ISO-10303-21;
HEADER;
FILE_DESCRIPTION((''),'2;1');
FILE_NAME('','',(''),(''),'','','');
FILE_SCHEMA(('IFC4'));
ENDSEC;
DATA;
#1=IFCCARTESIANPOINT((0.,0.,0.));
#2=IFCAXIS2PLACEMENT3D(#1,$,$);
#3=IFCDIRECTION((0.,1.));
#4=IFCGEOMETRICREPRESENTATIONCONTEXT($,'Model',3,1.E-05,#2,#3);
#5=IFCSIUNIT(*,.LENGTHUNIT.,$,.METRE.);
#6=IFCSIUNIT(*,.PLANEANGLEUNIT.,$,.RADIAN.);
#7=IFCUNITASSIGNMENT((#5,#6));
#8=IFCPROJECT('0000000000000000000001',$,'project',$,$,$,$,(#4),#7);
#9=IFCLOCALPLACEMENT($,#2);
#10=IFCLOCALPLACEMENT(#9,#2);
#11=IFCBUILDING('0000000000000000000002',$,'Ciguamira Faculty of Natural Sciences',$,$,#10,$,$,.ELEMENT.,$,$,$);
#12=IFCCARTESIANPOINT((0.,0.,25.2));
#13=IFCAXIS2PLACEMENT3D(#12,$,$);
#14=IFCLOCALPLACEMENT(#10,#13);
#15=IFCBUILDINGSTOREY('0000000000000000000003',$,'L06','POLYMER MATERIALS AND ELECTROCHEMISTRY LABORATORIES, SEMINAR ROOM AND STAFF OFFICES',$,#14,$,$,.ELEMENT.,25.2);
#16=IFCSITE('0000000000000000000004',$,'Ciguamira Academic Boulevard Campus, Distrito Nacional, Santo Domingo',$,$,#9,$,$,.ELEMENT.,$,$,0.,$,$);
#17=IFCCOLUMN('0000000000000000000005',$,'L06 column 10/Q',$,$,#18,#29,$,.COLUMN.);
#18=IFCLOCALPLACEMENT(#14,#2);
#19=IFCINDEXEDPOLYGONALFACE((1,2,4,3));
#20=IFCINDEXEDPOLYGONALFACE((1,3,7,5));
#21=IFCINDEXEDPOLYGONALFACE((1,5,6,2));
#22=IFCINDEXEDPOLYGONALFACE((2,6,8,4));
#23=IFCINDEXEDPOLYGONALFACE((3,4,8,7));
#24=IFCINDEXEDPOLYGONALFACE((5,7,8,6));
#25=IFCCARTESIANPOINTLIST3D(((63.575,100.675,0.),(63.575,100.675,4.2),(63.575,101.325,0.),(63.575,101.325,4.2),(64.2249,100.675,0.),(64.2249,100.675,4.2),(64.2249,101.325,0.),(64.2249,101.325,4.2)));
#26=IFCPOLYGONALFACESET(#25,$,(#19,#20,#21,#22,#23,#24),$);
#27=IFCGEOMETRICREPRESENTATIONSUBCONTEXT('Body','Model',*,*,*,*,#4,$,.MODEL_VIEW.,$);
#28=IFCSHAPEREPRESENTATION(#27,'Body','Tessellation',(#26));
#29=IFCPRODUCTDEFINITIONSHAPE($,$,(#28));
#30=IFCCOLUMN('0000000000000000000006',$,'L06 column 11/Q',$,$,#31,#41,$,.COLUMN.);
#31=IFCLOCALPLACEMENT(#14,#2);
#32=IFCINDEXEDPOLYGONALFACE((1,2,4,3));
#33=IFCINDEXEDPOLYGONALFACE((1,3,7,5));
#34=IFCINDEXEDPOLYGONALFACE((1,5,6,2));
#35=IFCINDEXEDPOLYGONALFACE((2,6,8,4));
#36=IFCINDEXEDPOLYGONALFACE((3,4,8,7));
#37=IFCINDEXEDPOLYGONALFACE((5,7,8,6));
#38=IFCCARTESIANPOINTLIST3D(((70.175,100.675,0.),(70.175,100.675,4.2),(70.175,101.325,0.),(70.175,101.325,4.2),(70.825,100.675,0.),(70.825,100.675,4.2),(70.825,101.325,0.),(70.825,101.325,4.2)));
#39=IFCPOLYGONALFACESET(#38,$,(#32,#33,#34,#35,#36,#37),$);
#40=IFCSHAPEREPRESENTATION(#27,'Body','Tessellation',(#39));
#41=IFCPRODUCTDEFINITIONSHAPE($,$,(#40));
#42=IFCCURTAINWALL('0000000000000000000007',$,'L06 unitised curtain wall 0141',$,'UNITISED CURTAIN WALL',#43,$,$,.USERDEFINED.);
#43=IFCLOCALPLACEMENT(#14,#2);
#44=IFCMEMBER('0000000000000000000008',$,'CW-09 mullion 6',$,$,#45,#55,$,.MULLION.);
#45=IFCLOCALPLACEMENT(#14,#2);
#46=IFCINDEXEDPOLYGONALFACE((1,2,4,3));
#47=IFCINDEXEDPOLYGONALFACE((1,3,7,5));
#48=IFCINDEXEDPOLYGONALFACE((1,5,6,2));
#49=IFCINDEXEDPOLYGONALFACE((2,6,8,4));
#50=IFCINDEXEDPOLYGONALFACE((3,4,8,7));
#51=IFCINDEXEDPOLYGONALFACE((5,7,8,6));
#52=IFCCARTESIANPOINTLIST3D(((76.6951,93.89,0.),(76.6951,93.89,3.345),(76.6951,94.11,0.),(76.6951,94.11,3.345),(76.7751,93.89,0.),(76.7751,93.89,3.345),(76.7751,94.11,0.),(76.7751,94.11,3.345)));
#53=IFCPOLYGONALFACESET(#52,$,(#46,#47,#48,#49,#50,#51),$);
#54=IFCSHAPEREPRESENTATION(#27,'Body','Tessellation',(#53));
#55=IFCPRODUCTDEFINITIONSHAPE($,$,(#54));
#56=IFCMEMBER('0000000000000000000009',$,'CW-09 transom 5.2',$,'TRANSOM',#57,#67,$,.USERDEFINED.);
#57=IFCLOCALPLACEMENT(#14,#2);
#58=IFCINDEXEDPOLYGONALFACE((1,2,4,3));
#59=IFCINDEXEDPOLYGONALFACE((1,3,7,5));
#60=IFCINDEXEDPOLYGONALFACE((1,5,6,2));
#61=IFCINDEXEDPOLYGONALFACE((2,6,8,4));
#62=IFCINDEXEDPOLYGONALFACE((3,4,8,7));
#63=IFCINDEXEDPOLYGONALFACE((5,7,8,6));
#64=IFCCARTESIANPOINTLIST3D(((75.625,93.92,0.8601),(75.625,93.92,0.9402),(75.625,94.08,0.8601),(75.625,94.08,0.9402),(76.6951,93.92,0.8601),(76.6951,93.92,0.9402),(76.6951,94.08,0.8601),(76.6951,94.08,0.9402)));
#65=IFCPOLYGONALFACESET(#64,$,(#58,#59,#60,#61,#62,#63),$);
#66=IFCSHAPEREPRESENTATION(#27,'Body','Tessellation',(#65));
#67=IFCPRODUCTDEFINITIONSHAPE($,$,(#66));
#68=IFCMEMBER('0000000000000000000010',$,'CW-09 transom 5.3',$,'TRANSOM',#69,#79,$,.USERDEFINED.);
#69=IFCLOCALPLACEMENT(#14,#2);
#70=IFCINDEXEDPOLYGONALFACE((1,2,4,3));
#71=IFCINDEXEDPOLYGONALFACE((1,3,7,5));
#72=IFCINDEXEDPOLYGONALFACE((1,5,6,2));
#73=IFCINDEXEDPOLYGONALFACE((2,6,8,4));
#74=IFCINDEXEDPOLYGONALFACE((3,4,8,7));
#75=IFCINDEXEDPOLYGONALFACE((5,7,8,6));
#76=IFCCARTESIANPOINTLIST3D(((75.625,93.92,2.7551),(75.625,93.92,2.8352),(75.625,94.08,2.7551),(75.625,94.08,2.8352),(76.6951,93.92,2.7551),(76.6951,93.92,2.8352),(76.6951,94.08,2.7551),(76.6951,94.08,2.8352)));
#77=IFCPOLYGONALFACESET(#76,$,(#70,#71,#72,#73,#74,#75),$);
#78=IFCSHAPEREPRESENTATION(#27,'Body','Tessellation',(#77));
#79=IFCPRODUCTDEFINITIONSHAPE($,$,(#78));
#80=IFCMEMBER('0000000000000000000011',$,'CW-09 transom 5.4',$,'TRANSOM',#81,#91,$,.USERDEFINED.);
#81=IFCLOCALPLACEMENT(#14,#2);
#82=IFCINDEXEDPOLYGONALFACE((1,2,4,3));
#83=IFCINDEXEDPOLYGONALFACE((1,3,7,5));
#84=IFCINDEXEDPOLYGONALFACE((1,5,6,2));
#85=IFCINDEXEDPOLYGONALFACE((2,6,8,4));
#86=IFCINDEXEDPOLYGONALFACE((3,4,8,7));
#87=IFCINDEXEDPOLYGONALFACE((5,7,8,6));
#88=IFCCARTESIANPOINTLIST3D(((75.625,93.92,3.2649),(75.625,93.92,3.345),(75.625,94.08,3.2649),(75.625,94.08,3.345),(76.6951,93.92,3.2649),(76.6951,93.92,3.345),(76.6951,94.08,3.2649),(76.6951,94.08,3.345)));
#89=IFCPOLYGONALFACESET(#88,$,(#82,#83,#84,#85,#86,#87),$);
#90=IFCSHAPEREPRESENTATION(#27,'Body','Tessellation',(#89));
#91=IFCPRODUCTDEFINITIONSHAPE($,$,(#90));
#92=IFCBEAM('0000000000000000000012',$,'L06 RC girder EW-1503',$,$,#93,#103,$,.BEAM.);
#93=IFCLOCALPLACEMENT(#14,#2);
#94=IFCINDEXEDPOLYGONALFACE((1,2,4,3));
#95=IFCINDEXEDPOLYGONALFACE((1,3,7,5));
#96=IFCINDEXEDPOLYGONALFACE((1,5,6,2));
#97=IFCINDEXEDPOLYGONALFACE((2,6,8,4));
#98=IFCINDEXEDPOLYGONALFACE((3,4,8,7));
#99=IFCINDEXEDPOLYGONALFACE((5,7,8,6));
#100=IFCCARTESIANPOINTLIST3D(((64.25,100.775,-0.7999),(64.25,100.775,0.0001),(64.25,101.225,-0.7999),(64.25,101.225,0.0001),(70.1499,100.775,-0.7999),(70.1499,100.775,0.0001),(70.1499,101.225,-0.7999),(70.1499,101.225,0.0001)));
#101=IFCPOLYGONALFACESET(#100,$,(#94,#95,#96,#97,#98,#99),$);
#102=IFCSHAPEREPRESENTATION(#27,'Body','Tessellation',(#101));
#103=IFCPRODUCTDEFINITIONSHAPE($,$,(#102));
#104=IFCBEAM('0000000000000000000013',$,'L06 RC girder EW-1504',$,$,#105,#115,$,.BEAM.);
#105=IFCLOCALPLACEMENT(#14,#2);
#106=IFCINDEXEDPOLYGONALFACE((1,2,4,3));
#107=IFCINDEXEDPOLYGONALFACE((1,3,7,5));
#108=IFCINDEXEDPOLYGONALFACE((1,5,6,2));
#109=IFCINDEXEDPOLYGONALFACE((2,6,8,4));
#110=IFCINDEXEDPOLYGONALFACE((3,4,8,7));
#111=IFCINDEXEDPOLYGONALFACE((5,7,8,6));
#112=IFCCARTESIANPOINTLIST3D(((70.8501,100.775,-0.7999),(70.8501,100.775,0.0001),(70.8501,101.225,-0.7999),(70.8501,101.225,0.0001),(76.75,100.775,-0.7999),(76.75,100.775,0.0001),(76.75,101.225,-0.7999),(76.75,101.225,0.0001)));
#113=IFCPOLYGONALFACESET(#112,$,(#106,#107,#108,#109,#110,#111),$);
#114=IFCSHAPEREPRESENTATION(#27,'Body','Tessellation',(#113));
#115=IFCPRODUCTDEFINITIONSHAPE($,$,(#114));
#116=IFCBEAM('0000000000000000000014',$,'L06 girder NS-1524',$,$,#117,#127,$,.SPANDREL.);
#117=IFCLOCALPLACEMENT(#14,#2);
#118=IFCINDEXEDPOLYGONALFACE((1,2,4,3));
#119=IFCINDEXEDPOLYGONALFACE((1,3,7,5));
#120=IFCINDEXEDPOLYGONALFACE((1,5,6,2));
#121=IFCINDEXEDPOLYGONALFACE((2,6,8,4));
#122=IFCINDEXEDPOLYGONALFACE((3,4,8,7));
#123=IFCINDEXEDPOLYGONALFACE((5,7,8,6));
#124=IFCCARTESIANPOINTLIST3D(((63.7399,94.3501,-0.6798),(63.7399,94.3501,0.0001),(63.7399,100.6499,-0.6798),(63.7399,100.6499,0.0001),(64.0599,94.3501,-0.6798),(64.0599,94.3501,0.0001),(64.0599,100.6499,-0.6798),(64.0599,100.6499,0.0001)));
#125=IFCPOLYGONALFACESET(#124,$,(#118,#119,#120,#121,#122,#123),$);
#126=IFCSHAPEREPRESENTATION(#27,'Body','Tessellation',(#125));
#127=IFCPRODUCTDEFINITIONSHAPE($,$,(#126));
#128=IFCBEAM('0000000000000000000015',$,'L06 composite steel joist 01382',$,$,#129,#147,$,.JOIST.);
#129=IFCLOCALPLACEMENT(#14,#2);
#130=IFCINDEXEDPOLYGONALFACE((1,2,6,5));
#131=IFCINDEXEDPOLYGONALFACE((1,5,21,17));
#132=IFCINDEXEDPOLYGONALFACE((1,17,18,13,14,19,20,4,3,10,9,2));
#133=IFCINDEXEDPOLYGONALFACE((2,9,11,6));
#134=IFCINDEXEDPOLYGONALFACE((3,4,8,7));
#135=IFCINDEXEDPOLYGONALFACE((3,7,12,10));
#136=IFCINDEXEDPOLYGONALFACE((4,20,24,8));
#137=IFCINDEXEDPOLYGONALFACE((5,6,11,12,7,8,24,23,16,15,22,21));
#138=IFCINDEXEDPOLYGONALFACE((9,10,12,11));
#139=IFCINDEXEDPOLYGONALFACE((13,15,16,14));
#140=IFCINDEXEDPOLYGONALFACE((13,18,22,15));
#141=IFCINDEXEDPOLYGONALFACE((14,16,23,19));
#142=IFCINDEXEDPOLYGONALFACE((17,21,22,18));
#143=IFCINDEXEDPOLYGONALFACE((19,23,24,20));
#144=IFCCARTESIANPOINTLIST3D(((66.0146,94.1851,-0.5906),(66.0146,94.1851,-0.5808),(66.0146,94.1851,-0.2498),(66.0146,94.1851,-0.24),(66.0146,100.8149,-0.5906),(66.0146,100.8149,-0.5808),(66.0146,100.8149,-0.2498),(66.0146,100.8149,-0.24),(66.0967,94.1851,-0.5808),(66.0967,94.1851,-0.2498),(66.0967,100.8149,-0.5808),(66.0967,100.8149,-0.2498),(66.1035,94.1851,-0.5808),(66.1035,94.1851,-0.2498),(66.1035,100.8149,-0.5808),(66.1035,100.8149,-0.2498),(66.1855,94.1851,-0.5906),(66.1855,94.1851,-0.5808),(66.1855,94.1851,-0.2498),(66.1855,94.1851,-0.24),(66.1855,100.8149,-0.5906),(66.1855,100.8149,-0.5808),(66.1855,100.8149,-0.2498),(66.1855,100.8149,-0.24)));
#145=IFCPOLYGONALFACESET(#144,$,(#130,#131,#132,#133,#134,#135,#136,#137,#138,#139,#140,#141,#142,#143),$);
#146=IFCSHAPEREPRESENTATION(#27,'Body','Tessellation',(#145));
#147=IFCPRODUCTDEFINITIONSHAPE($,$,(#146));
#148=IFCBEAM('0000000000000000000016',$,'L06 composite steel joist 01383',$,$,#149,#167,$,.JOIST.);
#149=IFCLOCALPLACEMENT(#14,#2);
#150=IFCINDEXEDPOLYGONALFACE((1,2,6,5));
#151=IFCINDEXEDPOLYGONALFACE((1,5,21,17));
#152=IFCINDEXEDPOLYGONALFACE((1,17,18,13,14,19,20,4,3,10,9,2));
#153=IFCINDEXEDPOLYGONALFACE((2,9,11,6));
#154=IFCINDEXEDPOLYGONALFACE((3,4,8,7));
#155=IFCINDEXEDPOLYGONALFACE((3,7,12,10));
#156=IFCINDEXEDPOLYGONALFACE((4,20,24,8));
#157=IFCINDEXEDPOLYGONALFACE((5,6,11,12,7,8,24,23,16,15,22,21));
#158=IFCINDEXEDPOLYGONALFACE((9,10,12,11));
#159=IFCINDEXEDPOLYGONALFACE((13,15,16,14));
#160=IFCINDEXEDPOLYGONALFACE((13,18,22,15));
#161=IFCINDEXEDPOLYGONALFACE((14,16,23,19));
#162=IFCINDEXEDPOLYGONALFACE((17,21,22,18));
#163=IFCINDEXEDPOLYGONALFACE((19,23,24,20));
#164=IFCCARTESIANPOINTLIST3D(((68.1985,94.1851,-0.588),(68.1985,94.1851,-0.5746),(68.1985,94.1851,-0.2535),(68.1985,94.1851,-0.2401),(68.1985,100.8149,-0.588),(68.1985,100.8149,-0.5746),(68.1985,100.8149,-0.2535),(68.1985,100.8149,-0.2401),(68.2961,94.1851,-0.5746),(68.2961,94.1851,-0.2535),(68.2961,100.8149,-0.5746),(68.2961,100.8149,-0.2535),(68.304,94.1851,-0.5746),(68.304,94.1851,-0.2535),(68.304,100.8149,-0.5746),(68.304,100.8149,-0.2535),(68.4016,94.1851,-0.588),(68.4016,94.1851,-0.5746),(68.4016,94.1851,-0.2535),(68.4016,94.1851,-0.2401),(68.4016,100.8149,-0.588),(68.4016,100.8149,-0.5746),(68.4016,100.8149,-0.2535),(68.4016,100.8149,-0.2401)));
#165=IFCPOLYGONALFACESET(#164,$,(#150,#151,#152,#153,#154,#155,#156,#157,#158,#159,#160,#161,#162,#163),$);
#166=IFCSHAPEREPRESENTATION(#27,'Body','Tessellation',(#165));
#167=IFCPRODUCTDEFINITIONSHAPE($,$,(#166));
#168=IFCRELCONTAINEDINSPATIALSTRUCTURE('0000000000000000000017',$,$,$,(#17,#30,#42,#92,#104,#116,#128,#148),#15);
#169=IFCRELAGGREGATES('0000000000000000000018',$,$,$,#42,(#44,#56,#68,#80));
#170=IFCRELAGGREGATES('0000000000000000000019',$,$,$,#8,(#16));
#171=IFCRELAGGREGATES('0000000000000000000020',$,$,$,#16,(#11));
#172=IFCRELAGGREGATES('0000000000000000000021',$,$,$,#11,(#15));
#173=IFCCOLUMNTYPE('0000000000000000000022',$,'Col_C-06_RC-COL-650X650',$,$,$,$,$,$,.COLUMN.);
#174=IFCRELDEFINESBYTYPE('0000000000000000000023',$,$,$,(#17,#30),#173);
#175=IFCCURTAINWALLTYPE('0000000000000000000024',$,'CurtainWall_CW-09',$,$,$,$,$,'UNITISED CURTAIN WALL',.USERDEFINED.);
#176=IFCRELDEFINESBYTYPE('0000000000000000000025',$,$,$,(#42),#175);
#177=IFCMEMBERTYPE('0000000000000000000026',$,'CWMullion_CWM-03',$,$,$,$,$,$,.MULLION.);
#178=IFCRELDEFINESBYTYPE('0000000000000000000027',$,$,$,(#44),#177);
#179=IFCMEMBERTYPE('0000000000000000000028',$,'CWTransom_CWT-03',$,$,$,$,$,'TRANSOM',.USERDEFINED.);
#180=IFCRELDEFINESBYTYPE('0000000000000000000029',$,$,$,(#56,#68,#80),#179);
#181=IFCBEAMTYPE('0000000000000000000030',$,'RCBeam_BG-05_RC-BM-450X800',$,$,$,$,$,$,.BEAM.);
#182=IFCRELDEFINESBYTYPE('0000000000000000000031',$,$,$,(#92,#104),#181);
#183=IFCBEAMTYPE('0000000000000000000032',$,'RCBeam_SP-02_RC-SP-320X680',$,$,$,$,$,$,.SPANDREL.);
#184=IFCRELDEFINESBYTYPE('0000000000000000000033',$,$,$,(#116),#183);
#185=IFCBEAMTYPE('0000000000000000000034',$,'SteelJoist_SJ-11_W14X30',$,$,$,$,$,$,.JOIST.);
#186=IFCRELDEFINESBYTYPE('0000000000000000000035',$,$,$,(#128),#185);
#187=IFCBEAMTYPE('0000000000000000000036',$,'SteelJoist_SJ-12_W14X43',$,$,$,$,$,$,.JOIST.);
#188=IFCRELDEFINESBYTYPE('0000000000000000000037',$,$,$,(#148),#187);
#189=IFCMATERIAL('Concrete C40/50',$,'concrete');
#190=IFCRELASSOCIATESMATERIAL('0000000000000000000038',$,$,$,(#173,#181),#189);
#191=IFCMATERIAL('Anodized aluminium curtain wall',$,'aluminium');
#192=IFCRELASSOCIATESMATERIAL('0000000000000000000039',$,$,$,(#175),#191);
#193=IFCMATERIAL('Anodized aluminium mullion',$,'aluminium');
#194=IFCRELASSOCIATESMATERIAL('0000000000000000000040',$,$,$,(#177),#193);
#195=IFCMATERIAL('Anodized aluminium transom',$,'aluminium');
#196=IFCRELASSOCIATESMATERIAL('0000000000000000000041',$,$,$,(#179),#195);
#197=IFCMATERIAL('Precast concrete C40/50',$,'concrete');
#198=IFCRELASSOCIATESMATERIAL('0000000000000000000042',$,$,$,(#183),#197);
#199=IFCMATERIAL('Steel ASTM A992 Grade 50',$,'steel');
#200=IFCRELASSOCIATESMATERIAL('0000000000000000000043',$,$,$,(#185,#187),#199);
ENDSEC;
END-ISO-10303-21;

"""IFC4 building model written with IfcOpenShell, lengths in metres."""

from ifc_helpers import new_model, si_unit, direction, frame, origin, origin_2d, place, context, subcontext, project, spatial, rectangle, i_section, extrude, material, material_profile, profile_set, type_object, element, aggregate, save


model = new_model("IFC4")

# Units and contexts
model_context = context("Model", 3, precision=1e-05, world=origin(), true_north=direction((0.0, 1.0)))
body_context = subcontext(model_context, "Body", "Model", "MODEL_VIEW")
ifc_project = project(units=[si_unit("LENGTHUNIT", "METRE"), si_unit("PLANEANGLEUNIT", "RADIAN")], contexts=[model_context])

# Site, building, storey
site_placement = place(None, origin())
site = spatial("IfcSite", under=ifc_project, at=site_placement, Name="Ciguamira Academic Boulevard Campus, Distrito Nacional, Santo Domingo", CompositionType="ELEMENT", RefElevation=0.0)
building_placement = place(site_placement, origin())
building = spatial("IfcBuilding", under=site, at=building_placement, Name="Ciguamira Faculty of Natural Sciences", CompositionType="ELEMENT")
storey_placement = place(building_placement, frame((0.0, 0.0, 25.2)))
storey = spatial("IfcBuildingStorey", under=building, at=storey_placement, Name="L06", Description="POLYMER MATERIALS AND ELECTROCHEMISTRY LABORATORIES, SEMINAR ROOM AND STAFF OFFICES", CompositionType="ELEMENT", Elevation=25.2)

# Columns
ifc_material_1 = material(Name="Concrete C40/50", Category="concrete")
ifc_material_profile_1 = material_profile(ifc_material_1, rectangle(XDim=0.6499, YDim=0.6499, at=origin_2d()), Name="RC-COL-650X650")
ifc_profile_set_1 = profile_set([ifc_material_profile_1], Name="Concrete C40/50")
column_type = type_object("IfcColumnType", Name="Col_C-06_RC-COL-650X650", PredefinedType="COLUMN", material=ifc_profile_set_1)
for number, where, z_axis, x_axis, name in (
    (1, (63.8999, 101.0, 0.0), (0.0, 0.0, 1.0), (1.0, 0.0, 0.0), "L06 column 10/Q"),
    (2, (70.5, 101.0, 0.0), (0.0, 0.0, 1.0), (1.0, 0.0, 0.0), "L06 column 11/Q"),
):
    element("IfcColumn", number, at=place(storey_placement, frame(where, z_axis=z_axis, x_axis=x_axis)), inside=storey, type_object=column_type, Name=name, PredefinedType="COLUMN", context=body_context, shape_type="SweptSolid", body=[
        extrude(rectangle(XDim=0.6499, YDim=0.6499, at=origin_2d()), origin(), (0.0, 0.0, 1.0), 4.2),
    ])

# Curtain wall, members
ifc_material_2 = material(Name="Anodized aluminium curtain wall", Category="aluminium")
curtain_wall_type = type_object("IfcCurtainWallType", Name="CurtainWall_CW-09", ElementType="UNITISED CURTAIN WALL", PredefinedType="USERDEFINED", material=ifc_material_2)
curtain_wall_placement = place(storey_placement, origin())
curtain_wall = element("IfcCurtainWall", 3, at=curtain_wall_placement, inside=storey, type_object=curtain_wall_type, Name="L06 unitised curtain wall 0141", ObjectType="UNITISED CURTAIN WALL", PredefinedType="USERDEFINED")
ifc_material_3 = material(Name="Anodized aluminium mullion", Category="aluminium")
ifc_material_profile_2 = material_profile(ifc_material_3, rectangle(XDim=0.0801, YDim=0.22, at=origin_2d()), Name="ALU-MUL-80X220")
ifc_profile_set_2 = profile_set([ifc_material_profile_2], Name="Anodized aluminium mullion")
member_type_1 = type_object("IfcMemberType", Name="CWMullion_CWM-03", PredefinedType="MULLION", material=ifc_profile_set_2)
member_1_placement = place(storey_placement, frame((76.7351, 94.0, 0.0), z_axis=(0.0, 0.0, 1.0), x_axis=(1.0, 0.0, 0.0)))
member_1 = element("IfcMember", 4, at=member_1_placement, type_object=member_type_1, Name="CW-09 mullion 6", PredefinedType="MULLION", context=body_context, shape_type="SweptSolid", body=[
    extrude(rectangle(XDim=0.0801, YDim=0.22, at=origin_2d()), origin(), (0.0, 0.0, 1.0), 3.345),
])
ifc_material_4 = material(Name="Anodized aluminium transom", Category="aluminium")
ifc_material_profile_3 = material_profile(ifc_material_4, rectangle(XDim=0.0801, YDim=0.1599, at=origin_2d()), Name="ALU-TRN-80X160")
ifc_profile_set_3 = profile_set([ifc_material_profile_3], Name="Anodized aluminium transom")
member_type_2 = type_object("IfcMemberType", Name="CWTransom_CWT-03", ElementType="TRANSOM", PredefinedType="USERDEFINED", material=ifc_profile_set_3)
member_2_placement = place(storey_placement, frame((75.625, 94.0, 0.9001), z_axis=(1.0, 0.0, 0.0), x_axis=(0.0, 0.0, 1.0)))
member_2 = element("IfcMember", 5, at=member_2_placement, type_object=member_type_2, Name="CW-09 transom 5.2", ObjectType="TRANSOM", PredefinedType="USERDEFINED", context=body_context, shape_type="SweptSolid", body=[
    extrude(rectangle(XDim=0.0801, YDim=0.1599, at=origin_2d()), origin(), (0.0, 0.0, 1.0), 1.0701),
])
member_3_placement = place(storey_placement, frame((75.625, 94.0, 2.7952), z_axis=(1.0, 0.0, 0.0), x_axis=(0.0, 0.0, 1.0)))
member_3 = element("IfcMember", 6, at=member_3_placement, type_object=member_type_2, Name="CW-09 transom 5.3", ObjectType="TRANSOM", PredefinedType="USERDEFINED", context=body_context, shape_type="SweptSolid", body=[
    extrude(rectangle(XDim=0.0801, YDim=0.1599, at=origin_2d()), origin(), (0.0, 0.0, 1.0), 1.0701),
])
member_4_placement = place(storey_placement, frame((75.625, 94.0, 3.3049), z_axis=(1.0, 0.0, 0.0), x_axis=(0.0, 0.0, 1.0)))
member_4 = element("IfcMember", 7, at=member_4_placement, type_object=member_type_2, Name="CW-09 transom 5.4", ObjectType="TRANSOM", PredefinedType="USERDEFINED", context=body_context, shape_type="SweptSolid", body=[
    extrude(rectangle(XDim=0.0801, YDim=0.1599, at=origin_2d()), origin(), (0.0, 0.0, 1.0), 1.0701),
])

# Beams
ifc_material_profile_4 = material_profile(ifc_material_1, rectangle(XDim=0.45, YDim=0.8, at=origin_2d()), Name="RC-BM-450X800")
ifc_profile_set_4 = profile_set([ifc_material_profile_4], Name="Concrete C40/50")
beam_type_1 = type_object("IfcBeamType", Name="RCBeam_BG-05_RC-BM-450X800", PredefinedType="BEAM", material=ifc_profile_set_4)
for number, where, z_axis, x_axis, name in (
    (8, (64.25, 101.0, -0.3999), (1.0, 0.0, 0.0), (0.0, 1.0, 0.0), "L06 RC girder EW-1503"),
    (9, (70.8501, 101.0, -0.3999), (1.0, 0.0, 0.0), (0.0, 1.0, 0.0), "L06 RC girder EW-1504"),
):
    element("IfcBeam", number, at=place(storey_placement, frame(where, z_axis=z_axis, x_axis=x_axis)), inside=storey, type_object=beam_type_1, Name=name, PredefinedType="BEAM", context=body_context, shape_type="SweptSolid", body=[
        extrude(rectangle(XDim=0.45, YDim=0.8, at=origin_2d()), origin(), (0.0, 0.0, 1.0), 5.8999),
    ])
ifc_material_5 = material(Name="Precast concrete C40/50", Category="concrete")
ifc_material_profile_5 = material_profile(ifc_material_5, rectangle(XDim=0.3201, YDim=0.6799, at=origin_2d()), Name="RC-SP-320X680")
ifc_profile_set_5 = profile_set([ifc_material_profile_5], Name="Precast concrete C40/50")
beam_type_2 = type_object("IfcBeamType", Name="RCBeam_SP-02_RC-SP-320X680", PredefinedType="SPANDREL", material=ifc_profile_set_5)
beam_1_placement = place(storey_placement, frame((63.8999, 94.3501, -0.3398), z_axis=(0.0, 1.0, 0.0), x_axis=(-1.0, 0.0, 0.0)))
element("IfcBeam", 10, at=beam_1_placement, inside=storey, type_object=beam_type_2, Name="L06 girder NS-1524", PredefinedType="SPANDREL", context=body_context, shape_type="SweptSolid", body=[
    extrude(rectangle(XDim=0.3201, YDim=0.6799, at=origin_2d()), origin(), (0.0, 0.0, 1.0), 6.2998),
])
ifc_material_6 = material(Name="Steel ASTM A992 Grade 50", Category="steel")
ifc_material_profile_6 = material_profile(ifc_material_6, i_section(OverallWidth=0.1709, OverallDepth=0.3506, WebThickness=0.0068, FlangeThickness=0.0098, at=origin_2d()), Name="W14X30")
ifc_profile_set_6 = profile_set([ifc_material_profile_6], Name="Steel ASTM A992 Grade 50")
beam_type_3 = type_object("IfcBeamType", Name="SteelJoist_SJ-11_W14X30", PredefinedType="JOIST", material=ifc_profile_set_6)
beam_2_placement = place(storey_placement, frame((66.1001, 94.1851, -0.4153), z_axis=(0.0, 1.0, 0.0), x_axis=(-1.0, 0.0, 0.0)))
element("IfcBeam", 11, at=beam_2_placement, inside=storey, type_object=beam_type_3, Name="L06 composite steel joist 01382", PredefinedType="JOIST", context=body_context, shape_type="SweptSolid", body=[
    extrude(i_section(OverallWidth=0.1709, OverallDepth=0.3506, WebThickness=0.0068, FlangeThickness=0.0098, at=origin_2d()), origin(), (0.0, 0.0, 1.0), 6.6299),
])
ifc_material_profile_7 = material_profile(ifc_material_6, i_section(OverallWidth=0.2031, OverallDepth=0.3479, WebThickness=0.0078, FlangeThickness=0.0134, at=origin_2d()), Name="W14X43")
ifc_profile_set_7 = profile_set([ifc_material_profile_7], Name="Steel ASTM A992 Grade 50")
beam_type_4 = type_object("IfcBeamType", Name="SteelJoist_SJ-12_W14X43", PredefinedType="JOIST", material=ifc_profile_set_7)
beam_3_placement = place(storey_placement, frame((68.3, 94.1851, -0.4141), z_axis=(0.0, 1.0, 0.0), x_axis=(-1.0, 0.0, 0.0)))
element("IfcBeam", 12, at=beam_3_placement, inside=storey, type_object=beam_type_4, Name="L06 composite steel joist 01383", PredefinedType="JOIST", context=body_context, shape_type="SweptSolid", body=[
    extrude(i_section(OverallWidth=0.2031, OverallDepth=0.3479, WebThickness=0.0078, FlangeThickness=0.0134, at=origin_2d()), origin(), (0.0, 0.0, 1.0), 6.6299),
])

aggregate(curtain_wall, [member_1, member_2, member_3, member_4])

save(model, "model.ifc")
